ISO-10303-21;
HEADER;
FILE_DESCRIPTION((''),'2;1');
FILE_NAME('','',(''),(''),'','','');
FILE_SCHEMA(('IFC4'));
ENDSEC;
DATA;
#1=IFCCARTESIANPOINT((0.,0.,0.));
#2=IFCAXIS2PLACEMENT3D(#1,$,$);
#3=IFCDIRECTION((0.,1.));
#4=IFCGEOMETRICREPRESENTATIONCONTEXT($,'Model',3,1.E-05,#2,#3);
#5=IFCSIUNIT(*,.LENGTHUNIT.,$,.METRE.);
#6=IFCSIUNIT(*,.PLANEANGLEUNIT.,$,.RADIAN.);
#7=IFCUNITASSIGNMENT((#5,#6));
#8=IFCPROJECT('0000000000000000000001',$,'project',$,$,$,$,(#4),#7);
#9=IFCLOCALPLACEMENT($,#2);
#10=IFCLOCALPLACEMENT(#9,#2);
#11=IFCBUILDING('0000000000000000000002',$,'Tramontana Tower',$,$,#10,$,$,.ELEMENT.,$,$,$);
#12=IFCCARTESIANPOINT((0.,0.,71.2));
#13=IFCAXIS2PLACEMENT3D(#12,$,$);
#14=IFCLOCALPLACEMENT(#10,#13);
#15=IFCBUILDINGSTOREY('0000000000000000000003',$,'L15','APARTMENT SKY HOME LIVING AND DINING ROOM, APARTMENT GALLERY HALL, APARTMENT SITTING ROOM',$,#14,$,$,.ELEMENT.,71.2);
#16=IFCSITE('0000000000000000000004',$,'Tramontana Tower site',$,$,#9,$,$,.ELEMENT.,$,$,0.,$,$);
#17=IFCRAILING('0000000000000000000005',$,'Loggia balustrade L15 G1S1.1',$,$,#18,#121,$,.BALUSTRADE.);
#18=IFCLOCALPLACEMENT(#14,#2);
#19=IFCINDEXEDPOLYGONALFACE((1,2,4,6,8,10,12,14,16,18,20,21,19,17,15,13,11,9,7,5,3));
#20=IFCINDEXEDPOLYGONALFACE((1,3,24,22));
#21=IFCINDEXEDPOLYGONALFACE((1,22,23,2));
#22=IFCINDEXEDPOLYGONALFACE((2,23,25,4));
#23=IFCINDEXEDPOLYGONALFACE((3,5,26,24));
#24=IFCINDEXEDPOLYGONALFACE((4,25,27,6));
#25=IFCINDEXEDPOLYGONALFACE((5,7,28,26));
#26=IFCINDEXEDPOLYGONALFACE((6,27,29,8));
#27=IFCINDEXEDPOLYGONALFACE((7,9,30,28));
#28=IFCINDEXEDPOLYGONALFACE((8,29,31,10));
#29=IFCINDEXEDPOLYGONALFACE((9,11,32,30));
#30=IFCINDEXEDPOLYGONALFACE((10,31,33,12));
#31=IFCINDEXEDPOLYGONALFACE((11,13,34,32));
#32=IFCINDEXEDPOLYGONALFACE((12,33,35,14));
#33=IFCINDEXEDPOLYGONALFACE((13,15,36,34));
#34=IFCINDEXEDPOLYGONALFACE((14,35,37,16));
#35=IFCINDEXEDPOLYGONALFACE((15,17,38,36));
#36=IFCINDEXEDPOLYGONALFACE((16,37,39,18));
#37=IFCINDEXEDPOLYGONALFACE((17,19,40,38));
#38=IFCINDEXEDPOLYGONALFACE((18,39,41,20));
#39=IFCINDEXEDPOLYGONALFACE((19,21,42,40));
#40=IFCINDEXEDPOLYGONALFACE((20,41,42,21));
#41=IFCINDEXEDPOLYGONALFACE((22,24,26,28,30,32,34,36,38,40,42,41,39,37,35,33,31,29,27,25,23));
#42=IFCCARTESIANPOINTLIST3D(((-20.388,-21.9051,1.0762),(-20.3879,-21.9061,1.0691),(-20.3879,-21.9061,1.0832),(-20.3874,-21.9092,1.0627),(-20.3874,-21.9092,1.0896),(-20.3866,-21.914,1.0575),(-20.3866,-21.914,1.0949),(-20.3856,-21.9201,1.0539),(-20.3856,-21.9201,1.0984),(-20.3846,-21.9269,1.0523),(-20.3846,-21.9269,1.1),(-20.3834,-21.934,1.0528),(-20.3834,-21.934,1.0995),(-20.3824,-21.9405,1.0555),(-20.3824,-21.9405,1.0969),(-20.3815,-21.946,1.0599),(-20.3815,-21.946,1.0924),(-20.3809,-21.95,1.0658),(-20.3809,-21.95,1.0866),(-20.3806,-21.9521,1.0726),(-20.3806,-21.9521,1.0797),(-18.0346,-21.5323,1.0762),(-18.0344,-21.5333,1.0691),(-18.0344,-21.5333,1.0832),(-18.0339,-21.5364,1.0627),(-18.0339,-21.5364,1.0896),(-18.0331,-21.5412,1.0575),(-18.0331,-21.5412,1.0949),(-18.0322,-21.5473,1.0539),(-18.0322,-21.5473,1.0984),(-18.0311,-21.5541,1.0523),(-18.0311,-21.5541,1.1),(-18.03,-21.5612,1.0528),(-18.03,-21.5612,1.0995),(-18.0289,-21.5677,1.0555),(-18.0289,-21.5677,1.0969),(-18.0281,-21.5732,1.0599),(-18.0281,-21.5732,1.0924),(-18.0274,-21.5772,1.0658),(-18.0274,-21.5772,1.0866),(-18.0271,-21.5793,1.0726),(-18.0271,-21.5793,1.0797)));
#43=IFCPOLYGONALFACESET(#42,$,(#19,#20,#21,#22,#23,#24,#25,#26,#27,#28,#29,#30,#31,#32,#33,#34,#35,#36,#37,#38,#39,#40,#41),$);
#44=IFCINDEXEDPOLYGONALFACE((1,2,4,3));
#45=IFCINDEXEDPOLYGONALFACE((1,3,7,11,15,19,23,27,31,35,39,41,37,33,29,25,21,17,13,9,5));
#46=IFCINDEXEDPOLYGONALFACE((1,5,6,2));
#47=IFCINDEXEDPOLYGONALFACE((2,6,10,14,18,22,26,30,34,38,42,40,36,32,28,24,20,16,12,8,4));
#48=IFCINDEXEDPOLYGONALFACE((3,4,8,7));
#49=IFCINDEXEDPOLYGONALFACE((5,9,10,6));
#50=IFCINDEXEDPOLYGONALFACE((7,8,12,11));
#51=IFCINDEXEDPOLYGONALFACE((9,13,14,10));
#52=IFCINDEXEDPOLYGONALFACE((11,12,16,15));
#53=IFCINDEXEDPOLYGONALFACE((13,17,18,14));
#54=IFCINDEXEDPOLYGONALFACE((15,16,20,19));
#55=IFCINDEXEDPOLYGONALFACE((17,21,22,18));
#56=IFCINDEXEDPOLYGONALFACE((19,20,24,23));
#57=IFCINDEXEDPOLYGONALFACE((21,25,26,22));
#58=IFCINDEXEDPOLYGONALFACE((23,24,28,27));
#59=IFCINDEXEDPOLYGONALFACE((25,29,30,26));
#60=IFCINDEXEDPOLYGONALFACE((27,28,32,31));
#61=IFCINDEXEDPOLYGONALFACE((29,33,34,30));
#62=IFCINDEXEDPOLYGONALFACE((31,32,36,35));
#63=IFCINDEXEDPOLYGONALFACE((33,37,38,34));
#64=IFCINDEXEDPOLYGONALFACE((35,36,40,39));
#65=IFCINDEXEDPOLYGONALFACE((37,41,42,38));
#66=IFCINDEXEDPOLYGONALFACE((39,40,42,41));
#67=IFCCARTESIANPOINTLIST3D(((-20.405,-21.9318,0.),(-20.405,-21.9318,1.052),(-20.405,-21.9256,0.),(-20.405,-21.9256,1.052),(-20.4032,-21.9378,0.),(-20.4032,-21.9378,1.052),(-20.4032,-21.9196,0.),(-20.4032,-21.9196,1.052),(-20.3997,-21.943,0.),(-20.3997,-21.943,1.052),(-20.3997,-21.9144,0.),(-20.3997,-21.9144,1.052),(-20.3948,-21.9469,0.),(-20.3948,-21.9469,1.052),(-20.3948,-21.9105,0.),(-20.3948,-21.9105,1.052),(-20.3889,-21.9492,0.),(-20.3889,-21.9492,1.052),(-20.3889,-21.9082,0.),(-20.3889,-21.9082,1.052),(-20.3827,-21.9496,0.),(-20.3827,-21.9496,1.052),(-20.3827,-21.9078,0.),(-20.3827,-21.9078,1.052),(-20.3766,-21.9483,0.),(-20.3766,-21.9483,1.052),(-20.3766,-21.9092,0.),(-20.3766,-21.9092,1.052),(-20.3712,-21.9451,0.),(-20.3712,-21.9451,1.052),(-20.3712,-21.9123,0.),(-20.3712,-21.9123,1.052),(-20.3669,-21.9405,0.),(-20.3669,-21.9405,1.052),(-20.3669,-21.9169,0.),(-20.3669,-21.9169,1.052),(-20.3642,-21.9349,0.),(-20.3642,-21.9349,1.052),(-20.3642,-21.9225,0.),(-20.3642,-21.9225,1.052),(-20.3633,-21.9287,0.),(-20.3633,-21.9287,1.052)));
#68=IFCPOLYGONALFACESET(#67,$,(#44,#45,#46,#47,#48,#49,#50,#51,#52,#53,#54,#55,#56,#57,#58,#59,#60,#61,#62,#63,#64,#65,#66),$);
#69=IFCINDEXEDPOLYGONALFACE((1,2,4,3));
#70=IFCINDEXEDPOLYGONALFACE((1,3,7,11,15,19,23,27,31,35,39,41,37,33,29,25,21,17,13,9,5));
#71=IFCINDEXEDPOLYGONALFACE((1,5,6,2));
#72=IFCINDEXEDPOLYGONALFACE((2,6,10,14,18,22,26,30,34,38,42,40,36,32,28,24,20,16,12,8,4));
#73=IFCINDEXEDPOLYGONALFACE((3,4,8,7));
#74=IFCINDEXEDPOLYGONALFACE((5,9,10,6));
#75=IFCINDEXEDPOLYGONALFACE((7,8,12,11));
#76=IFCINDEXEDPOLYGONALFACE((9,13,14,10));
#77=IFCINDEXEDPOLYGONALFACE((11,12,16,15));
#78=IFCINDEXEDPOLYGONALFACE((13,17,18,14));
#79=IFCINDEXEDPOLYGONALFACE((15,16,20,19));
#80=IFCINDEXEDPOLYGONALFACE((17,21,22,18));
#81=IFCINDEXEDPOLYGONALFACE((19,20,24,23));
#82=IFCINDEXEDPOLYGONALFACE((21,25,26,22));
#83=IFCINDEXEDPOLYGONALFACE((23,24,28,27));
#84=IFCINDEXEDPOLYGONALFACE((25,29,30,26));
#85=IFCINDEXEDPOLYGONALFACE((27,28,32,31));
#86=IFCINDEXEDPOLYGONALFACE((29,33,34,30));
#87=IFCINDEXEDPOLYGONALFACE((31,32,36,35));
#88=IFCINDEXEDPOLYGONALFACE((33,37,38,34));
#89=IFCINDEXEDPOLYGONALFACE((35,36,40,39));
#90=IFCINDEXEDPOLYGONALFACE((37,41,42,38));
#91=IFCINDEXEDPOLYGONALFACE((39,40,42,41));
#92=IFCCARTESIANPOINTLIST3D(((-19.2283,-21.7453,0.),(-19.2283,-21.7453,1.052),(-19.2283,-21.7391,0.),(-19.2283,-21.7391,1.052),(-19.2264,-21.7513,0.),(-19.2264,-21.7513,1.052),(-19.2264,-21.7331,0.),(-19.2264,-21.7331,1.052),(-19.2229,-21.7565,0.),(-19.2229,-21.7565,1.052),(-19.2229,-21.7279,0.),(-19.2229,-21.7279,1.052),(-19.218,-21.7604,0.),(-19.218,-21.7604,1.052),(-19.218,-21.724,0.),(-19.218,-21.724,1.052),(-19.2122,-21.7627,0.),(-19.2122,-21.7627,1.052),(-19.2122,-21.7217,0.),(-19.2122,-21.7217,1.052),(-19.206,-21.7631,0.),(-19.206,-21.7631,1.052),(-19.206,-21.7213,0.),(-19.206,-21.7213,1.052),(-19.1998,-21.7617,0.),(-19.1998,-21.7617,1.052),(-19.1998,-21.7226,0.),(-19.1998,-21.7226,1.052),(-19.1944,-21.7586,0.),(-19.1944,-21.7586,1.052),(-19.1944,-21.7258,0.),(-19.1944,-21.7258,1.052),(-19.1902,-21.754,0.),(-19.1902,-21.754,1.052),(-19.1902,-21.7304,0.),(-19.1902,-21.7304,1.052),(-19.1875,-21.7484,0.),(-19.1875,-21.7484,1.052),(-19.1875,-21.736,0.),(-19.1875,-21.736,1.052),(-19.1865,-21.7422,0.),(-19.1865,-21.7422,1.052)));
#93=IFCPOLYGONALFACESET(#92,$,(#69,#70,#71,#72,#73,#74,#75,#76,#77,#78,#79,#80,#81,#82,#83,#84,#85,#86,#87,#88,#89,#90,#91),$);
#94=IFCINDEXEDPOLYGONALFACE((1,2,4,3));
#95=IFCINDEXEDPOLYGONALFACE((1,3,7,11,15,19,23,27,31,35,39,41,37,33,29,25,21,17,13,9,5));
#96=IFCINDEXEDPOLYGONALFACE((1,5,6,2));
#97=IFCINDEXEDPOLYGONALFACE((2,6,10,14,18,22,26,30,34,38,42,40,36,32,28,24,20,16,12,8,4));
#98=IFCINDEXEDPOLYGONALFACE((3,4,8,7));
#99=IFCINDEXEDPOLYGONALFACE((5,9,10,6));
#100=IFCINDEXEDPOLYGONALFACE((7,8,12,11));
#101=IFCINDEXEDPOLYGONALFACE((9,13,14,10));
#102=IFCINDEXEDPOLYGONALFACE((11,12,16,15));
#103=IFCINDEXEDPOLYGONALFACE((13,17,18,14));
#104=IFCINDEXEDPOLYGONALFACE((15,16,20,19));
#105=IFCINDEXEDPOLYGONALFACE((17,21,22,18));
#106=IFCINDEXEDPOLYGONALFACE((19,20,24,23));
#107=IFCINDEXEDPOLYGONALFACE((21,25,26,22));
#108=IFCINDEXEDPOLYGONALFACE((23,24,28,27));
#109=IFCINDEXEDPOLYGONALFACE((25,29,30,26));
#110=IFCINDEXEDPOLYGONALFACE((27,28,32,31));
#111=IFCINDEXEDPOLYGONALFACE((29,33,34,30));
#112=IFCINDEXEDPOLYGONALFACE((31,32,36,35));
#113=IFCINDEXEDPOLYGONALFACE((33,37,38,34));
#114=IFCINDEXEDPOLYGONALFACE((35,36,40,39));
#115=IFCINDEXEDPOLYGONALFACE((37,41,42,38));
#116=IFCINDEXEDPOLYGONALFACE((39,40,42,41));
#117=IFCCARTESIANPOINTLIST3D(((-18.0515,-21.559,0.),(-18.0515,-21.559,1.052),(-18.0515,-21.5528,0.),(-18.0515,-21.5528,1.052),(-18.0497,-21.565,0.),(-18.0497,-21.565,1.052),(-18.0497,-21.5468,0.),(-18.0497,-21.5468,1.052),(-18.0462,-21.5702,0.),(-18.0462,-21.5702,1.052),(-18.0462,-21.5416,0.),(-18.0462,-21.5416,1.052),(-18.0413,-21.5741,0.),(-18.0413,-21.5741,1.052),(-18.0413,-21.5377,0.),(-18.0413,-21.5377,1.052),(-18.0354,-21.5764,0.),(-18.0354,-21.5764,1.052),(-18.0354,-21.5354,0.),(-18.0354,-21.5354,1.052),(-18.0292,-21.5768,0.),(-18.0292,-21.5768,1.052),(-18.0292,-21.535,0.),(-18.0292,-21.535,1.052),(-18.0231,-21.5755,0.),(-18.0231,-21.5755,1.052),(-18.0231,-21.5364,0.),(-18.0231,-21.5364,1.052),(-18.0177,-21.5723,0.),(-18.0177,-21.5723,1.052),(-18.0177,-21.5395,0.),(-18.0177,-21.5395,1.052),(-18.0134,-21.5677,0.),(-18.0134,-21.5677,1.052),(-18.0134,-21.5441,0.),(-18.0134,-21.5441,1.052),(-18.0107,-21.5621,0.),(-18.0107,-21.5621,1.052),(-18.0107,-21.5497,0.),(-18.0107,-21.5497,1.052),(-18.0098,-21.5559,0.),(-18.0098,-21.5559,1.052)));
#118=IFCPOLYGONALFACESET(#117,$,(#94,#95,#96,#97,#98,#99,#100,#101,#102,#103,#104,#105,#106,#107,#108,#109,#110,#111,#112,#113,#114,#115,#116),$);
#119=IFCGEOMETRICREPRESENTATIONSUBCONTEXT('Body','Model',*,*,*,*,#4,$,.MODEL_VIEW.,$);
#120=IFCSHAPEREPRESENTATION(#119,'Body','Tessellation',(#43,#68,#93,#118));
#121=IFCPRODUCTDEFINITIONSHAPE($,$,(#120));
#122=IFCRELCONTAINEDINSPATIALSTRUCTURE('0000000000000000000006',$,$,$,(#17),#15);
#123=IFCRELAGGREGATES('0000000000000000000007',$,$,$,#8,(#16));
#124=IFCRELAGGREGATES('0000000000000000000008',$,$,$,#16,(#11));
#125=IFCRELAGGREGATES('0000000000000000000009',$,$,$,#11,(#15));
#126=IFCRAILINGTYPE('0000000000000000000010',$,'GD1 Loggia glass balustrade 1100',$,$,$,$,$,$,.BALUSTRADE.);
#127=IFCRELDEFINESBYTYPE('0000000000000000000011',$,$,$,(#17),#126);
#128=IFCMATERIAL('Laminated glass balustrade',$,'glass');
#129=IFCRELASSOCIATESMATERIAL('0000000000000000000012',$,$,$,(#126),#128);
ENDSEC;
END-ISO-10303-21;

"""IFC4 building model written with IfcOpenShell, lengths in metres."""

from ifc_helpers import new_model, si_unit, direction, frame, origin, origin_2d, place, context, subcontext, project, spatial, circle, extrude, material, type_object, element, save


model = new_model("IFC4")

# Units and contexts
model_context = context("Model", 3, precision=1e-05, world=origin(), true_north=direction((0.0, 1.0)))
body_context = subcontext(model_context, "Body", "Model", "MODEL_VIEW")
ifc_project = project(units=[si_unit("LENGTHUNIT", "METRE"), si_unit("PLANEANGLEUNIT", "RADIAN")], contexts=[model_context])

# Site, building, storey
site_placement = place(None, origin())
site = spatial("IfcSite", under=ifc_project, at=site_placement, Name="Tramontana Tower site", CompositionType="ELEMENT", RefElevation=0.0)
building_placement = place(site_placement, origin())
building = spatial("IfcBuilding", under=site, at=building_placement, Name="Tramontana Tower", CompositionType="ELEMENT")
storey_placement = place(building_placement, frame((0.0, 0.0, 71.2)))
storey = spatial("IfcBuildingStorey", under=building, at=storey_placement, Name="L15", Description="APARTMENT SKY HOME LIVING AND DINING ROOM, APARTMENT GALLERY HALL, APARTMENT SITTING ROOM", CompositionType="ELEMENT", Elevation=71.2)

# Railing
ifc_material_1 = material(Name="Laminated glass balustrade", Category="glass")
railing_type = type_object("IfcRailingType", Name="GD1 Loggia glass balustrade 1100", PredefinedType="BALUSTRADE", material=ifc_material_1)
railing_1_placement = place(storey_placement, frame((-20.3843, -21.9287, 0.0)))
element("IfcRailing", 1, at=railing_1_placement, inside=storey, type_object=railing_type, Name="Loggia balustrade L15 G1S1.1", PredefinedType="BALUSTRADE", context=body_context, shape_type="SweptSolid", body=[
    extrude(circle(Radius=0.0239, at=origin_2d()), frame((0.0, 0.0, 1.0762), z_axis=(0.987686, 0.156452, 0.0), x_axis=(-0.156452, 0.987686, 0.0)), (0.0, 0.0, 1.0), 2.3828),
    extrude(circle(Radius=0.021, at=origin_2d()), origin(), (0.0, 0.0, 1.0), 1.052),
    extrude(circle(Radius=0.021, at=origin_2d()), frame((1.1768, 0.1865, 0.0)), (0.0, 0.0, 1.0), 1.052),
    extrude(circle(Radius=0.021, at=origin_2d()), frame((2.3535, 0.3728, 0.0)), (0.0, 0.0, 1.0), 1.052),
])

save(model, "model.ifc")
